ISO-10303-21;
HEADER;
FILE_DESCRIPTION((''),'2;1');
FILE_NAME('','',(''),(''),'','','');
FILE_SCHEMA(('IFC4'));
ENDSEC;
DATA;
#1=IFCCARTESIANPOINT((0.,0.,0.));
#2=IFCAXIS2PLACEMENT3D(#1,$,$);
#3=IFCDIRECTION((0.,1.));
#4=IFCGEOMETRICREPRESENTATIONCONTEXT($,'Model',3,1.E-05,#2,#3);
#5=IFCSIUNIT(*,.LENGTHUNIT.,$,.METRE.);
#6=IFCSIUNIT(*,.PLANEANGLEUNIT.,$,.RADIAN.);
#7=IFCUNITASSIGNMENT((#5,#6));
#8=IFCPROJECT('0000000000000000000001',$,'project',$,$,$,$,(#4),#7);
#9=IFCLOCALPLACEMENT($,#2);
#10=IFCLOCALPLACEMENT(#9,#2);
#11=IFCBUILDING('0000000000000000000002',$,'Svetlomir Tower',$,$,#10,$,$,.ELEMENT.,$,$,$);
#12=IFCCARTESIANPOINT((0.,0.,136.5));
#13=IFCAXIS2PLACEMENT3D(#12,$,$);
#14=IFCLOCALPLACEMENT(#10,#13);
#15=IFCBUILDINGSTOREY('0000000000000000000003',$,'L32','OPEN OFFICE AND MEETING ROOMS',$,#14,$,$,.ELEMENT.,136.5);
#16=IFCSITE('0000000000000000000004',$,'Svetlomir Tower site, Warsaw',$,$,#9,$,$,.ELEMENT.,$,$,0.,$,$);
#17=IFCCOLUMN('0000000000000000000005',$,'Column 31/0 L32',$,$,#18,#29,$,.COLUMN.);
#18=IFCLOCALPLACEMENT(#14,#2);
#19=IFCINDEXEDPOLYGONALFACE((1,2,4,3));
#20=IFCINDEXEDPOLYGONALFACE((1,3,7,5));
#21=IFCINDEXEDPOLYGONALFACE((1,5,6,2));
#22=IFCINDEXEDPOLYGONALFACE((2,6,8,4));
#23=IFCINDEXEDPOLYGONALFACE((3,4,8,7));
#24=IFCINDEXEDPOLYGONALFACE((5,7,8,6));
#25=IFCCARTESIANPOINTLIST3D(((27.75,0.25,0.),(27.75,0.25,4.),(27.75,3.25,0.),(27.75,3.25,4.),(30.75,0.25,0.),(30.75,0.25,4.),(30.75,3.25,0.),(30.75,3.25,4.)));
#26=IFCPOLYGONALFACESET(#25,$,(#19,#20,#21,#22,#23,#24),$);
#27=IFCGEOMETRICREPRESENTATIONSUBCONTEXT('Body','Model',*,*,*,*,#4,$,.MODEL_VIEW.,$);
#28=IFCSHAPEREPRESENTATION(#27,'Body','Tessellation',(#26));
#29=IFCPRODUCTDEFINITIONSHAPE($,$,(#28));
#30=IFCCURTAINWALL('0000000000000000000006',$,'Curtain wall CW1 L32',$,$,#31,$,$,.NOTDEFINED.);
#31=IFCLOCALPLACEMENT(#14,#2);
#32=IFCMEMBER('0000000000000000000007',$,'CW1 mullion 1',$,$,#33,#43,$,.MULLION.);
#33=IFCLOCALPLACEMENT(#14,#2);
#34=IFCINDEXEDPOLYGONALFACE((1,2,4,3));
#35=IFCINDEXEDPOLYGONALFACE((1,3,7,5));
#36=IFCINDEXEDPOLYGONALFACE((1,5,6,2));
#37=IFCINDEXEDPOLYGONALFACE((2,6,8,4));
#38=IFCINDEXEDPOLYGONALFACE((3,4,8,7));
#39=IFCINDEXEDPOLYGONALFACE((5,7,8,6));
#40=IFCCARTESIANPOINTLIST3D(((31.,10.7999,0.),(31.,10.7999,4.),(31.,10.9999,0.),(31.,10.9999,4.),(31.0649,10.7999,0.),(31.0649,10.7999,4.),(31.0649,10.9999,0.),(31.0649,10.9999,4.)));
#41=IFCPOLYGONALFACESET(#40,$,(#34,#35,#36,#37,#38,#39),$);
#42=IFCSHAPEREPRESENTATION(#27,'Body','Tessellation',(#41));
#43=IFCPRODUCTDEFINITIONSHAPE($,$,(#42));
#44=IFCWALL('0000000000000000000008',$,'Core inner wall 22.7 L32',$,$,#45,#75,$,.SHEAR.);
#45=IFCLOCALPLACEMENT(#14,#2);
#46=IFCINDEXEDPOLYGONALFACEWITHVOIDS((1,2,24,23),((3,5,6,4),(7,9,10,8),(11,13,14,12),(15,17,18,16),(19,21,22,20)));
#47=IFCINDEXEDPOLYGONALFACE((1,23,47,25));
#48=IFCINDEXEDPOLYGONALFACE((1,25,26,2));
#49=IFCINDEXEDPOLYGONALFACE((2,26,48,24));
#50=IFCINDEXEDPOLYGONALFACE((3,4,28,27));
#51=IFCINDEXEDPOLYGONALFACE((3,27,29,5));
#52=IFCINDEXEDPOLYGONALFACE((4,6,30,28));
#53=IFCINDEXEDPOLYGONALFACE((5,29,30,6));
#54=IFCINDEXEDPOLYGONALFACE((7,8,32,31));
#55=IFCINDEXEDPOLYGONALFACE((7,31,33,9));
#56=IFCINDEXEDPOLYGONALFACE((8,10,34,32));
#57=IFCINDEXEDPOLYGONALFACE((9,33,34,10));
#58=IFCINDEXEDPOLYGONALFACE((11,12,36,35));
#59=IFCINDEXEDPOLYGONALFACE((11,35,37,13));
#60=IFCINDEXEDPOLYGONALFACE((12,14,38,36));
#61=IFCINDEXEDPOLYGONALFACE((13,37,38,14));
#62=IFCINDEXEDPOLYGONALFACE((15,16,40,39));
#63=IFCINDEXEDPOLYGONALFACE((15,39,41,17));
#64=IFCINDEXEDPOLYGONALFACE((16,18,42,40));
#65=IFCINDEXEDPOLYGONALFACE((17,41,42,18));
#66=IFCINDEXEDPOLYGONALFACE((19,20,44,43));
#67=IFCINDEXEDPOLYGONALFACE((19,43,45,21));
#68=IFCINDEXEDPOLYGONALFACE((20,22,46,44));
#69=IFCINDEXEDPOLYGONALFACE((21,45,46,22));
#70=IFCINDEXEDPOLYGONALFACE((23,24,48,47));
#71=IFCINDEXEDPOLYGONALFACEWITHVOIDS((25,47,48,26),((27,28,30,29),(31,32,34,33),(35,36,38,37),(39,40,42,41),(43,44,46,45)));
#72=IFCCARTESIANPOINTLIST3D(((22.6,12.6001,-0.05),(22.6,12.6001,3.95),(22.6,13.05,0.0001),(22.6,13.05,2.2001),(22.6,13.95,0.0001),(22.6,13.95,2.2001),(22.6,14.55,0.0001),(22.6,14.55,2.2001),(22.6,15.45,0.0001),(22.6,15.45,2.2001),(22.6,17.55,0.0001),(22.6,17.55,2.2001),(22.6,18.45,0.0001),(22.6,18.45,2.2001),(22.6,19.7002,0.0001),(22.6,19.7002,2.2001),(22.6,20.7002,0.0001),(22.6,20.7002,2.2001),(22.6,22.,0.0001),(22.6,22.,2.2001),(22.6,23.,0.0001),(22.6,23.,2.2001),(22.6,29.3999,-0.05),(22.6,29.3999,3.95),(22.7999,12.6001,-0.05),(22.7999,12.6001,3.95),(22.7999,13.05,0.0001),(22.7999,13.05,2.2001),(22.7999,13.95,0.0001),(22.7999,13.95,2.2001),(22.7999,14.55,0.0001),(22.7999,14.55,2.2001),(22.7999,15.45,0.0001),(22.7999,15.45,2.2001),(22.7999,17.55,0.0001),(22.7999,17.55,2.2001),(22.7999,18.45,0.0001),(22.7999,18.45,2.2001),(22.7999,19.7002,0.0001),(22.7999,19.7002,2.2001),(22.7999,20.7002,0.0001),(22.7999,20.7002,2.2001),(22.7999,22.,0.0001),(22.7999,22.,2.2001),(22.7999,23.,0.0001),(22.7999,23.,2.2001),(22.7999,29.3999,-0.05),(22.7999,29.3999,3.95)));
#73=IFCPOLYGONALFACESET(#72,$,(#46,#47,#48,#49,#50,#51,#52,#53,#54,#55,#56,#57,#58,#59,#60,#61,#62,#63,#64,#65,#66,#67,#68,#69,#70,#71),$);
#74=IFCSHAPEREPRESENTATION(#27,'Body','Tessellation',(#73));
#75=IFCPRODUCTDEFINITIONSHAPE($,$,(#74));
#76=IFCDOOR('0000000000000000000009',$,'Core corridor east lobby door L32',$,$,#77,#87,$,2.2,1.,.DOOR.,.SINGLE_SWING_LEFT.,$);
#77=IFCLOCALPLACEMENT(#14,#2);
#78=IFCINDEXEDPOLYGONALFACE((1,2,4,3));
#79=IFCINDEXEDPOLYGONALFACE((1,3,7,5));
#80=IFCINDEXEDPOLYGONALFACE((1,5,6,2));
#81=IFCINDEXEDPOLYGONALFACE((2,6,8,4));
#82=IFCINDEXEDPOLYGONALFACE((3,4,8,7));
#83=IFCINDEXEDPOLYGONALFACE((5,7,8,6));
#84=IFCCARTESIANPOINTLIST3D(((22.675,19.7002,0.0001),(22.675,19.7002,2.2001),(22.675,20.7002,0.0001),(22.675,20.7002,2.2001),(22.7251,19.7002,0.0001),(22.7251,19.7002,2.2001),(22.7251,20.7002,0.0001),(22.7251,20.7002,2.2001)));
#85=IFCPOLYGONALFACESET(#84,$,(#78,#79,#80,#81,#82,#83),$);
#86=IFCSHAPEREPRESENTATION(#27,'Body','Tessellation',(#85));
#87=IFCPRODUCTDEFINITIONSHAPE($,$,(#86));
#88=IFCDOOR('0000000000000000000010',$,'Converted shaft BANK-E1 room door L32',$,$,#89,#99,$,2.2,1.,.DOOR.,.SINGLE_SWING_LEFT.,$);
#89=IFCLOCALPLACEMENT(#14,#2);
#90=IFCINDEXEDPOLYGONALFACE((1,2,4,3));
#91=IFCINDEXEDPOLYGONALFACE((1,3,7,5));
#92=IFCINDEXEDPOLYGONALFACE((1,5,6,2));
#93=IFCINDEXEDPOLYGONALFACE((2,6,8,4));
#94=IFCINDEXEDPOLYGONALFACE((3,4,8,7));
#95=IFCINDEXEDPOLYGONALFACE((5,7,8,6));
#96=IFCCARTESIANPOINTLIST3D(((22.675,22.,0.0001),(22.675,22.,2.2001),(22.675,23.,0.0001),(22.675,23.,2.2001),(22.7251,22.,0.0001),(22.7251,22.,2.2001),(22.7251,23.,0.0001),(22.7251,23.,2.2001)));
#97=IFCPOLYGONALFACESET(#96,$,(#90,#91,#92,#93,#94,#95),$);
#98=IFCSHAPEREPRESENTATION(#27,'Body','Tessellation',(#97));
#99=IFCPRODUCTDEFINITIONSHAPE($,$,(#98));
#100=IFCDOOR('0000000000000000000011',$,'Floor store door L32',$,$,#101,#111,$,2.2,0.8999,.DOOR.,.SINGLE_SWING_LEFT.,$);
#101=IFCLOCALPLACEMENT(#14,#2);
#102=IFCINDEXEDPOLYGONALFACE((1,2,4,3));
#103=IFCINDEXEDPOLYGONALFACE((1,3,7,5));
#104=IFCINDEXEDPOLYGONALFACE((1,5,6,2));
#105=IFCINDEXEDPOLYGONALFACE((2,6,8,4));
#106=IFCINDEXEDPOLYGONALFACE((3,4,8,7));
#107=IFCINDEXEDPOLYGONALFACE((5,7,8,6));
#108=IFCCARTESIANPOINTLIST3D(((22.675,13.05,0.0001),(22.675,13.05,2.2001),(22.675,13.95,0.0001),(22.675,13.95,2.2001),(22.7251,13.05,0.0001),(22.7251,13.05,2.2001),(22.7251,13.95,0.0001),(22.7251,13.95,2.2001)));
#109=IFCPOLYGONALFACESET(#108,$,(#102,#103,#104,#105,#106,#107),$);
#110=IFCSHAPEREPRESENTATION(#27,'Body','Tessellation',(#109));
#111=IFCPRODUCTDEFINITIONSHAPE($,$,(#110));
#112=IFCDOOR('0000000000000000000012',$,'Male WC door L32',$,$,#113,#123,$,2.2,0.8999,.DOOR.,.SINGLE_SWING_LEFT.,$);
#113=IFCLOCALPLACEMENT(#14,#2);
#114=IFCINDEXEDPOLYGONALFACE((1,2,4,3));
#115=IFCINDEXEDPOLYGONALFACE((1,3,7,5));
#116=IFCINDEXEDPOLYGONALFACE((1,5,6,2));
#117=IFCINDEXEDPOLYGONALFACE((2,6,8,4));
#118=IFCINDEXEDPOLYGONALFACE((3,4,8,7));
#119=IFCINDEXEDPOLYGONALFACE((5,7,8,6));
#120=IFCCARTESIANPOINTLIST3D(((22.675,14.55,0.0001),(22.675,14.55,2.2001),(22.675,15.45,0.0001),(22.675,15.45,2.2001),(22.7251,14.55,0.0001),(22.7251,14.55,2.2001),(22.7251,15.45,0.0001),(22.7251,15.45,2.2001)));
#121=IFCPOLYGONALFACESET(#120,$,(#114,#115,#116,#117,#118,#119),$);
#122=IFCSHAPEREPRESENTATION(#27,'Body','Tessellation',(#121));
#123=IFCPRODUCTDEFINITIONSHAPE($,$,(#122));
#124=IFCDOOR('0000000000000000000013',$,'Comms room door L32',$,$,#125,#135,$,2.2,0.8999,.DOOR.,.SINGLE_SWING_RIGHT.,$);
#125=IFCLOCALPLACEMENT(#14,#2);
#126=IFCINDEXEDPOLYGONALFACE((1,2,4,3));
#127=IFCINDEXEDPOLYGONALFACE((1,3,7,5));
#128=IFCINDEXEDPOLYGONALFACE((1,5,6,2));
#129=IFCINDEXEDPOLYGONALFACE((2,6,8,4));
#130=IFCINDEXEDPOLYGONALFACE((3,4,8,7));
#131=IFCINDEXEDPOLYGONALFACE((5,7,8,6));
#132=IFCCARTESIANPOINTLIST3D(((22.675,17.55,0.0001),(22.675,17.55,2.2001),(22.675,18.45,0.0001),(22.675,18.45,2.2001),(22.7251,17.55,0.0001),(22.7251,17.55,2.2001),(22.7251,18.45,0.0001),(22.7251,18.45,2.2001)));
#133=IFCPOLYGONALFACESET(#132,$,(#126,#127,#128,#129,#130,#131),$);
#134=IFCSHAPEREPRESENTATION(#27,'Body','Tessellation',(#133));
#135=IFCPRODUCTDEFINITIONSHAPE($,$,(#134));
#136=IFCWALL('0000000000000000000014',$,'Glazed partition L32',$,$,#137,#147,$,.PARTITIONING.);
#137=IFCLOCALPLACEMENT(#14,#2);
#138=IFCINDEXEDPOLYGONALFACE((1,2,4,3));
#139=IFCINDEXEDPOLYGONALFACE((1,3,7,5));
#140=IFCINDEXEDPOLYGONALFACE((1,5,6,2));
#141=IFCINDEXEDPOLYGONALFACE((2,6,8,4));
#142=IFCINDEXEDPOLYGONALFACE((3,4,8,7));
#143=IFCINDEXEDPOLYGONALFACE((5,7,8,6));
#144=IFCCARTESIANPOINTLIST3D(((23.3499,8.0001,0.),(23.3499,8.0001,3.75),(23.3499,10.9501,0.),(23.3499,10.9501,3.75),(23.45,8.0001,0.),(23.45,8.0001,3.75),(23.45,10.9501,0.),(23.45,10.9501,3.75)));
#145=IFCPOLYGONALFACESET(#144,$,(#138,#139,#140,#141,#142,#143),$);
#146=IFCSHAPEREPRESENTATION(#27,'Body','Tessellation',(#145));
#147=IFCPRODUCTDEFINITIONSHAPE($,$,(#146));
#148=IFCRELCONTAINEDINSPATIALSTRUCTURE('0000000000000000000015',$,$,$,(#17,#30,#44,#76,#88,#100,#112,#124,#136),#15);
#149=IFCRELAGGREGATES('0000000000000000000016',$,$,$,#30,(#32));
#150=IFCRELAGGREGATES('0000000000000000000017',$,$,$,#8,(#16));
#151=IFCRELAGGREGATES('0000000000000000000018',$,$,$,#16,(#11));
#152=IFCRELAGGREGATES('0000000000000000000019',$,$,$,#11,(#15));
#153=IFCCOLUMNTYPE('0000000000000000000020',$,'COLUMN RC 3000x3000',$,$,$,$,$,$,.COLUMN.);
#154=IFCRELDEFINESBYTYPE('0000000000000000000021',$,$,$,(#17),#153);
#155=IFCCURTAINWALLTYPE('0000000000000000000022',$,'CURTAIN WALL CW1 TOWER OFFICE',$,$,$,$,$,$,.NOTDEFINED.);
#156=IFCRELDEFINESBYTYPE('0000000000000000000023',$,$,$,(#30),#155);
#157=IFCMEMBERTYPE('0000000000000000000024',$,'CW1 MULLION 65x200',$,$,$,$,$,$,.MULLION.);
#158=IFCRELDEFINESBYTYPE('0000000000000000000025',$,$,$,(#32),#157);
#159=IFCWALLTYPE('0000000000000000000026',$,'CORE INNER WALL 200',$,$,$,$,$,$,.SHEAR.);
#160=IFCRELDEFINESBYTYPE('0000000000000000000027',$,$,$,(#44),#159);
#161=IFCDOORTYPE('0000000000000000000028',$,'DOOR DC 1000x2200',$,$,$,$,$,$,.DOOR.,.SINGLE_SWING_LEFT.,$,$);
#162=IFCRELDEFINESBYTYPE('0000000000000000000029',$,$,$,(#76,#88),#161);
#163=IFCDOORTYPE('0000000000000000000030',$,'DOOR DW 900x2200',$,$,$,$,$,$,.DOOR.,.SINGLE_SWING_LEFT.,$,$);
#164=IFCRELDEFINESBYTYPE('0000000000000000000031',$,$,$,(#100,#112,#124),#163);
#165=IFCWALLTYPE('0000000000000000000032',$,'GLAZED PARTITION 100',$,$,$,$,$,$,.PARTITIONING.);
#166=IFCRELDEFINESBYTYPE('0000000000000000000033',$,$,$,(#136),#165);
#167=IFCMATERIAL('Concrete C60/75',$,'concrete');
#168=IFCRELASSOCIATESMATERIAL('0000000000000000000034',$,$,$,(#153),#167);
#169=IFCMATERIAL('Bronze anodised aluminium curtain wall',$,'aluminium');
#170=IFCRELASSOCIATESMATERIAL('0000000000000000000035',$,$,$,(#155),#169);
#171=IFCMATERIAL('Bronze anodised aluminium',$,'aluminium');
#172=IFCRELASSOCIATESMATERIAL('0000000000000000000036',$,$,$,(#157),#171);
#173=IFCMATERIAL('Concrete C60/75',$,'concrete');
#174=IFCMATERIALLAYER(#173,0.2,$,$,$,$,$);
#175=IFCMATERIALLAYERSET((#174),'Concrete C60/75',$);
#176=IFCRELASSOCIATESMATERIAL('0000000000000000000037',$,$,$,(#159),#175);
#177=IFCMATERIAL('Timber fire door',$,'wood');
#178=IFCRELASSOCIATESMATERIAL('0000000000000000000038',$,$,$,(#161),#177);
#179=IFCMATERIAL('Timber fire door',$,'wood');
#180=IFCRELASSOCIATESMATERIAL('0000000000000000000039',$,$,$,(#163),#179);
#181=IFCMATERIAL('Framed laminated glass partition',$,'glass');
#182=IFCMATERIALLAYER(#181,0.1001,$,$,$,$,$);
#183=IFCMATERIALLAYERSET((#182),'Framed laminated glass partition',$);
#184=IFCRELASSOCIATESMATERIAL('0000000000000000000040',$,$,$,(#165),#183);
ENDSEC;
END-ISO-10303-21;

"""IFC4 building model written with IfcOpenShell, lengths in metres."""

from ifc_helpers import new_model, si_unit, direction, frame, frame_2d, origin, origin_2d, place, context, subcontext, project, spatial, rectangle, extrude, material, layer, layer_set, material_profile, profile_set, type_object, element, fill, aggregate, save


model = new_model("IFC4")

# Units and contexts
model_context = context("Model", 3, precision=1e-05, world=origin(), true_north=direction((0.0, 1.0)))
body_context = subcontext(model_context, "Body", "Model", "MODEL_VIEW")
ifc_project = project(units=[si_unit("LENGTHUNIT", "METRE"), si_unit("PLANEANGLEUNIT", "RADIAN")], contexts=[model_context])

# Site, building, storey
site_placement = place(None, origin())
site = spatial("IfcSite", under=ifc_project, at=site_placement, Name="Svetlomir Tower site, Warsaw", CompositionType="ELEMENT", RefElevation=0.0)
building_placement = place(site_placement, origin())
building = spatial("IfcBuilding", under=site, at=building_placement, Name="Svetlomir Tower", CompositionType="ELEMENT")
storey_placement = place(building_placement, frame((0.0, 0.0, 136.5)))
storey = spatial("IfcBuildingStorey", under=building, at=storey_placement, Name="L32", Description="OPEN OFFICE AND MEETING ROOMS", CompositionType="ELEMENT", Elevation=136.5)

# Column
ifc_material_1 = material(Name="Concrete C60/75", Category="concrete")
ifc_material_profile_1 = material_profile(ifc_material_1, rectangle(XDim=3.0, YDim=3.0, at=origin_2d()), Name="RC 3000x3000")
ifc_profile_set_1 = profile_set([ifc_material_profile_1], Name="Concrete C60/75")
column_type = type_object("IfcColumnType", Name="COLUMN RC 3000x3000", PredefinedType="COLUMN", material=ifc_profile_set_1)
column_placement = place(storey_placement, frame((29.25, 1.75, 0.0), z_axis=(0.0, 0.0, 1.0), x_axis=(1.0, 0.0, 0.0)))
element("IfcColumn", 1, at=column_placement, inside=storey, type_object=column_type, Name="Column 31/0 L32", PredefinedType="COLUMN", context=body_context, shape_type="SweptSolid", body=[
    extrude(rectangle(XDim=3.0, YDim=3.0, at=origin_2d()), origin(), (0.0, 0.0, 1.0), 4.0),
])

# Curtain wall, member
ifc_material_2 = material(Name="Bronze anodised aluminium curtain wall", Category="aluminium")
curtain_wall_type = type_object("IfcCurtainWallType", Name="CURTAIN WALL CW1 TOWER OFFICE", PredefinedType="NOTDEFINED", material=ifc_material_2)
curtain_wall_placement = place(storey_placement, origin())
curtain_wall = element("IfcCurtainWall", 2, at=curtain_wall_placement, inside=storey, type_object=curtain_wall_type, Name="Curtain wall CW1 L32", PredefinedType="NOTDEFINED")
ifc_material_3 = material(Name="Bronze anodised aluminium", Category="aluminium")
ifc_material_profile_2 = material_profile(ifc_material_3, rectangle(XDim=0.0649, YDim=0.2, at=origin_2d()), Name="AL 65x200")
ifc_profile_set_2 = profile_set([ifc_material_profile_2], Name="Bronze anodised aluminium 6063-T6")
member_type = type_object("IfcMemberType", Name="CW1 MULLION 65x200", PredefinedType="MULLION", material=ifc_profile_set_2)
member_placement = place(storey_placement, frame((31.0325, 10.8999, 0.0), z_axis=(0.0, 0.0, 1.0), x_axis=(1.0, 0.0, 0.0)))
member = element("IfcMember", 3, at=member_placement, type_object=member_type, Name="CW1 mullion 1", PredefinedType="MULLION", context=body_context, shape_type="SweptSolid", body=[
    extrude(rectangle(XDim=0.0649, YDim=0.2, at=origin_2d()), origin(), (0.0, 0.0, 1.0), 4.0),
])
aggregate(curtain_wall, [member])

# Wall, openings, doors
ifc_material_4 = material(Name="Concrete C60/75", Category="concrete")
ifc_layer_1 = layer(ifc_material_4, 0.2)
ifc_layer_set_1 = layer_set([ifc_layer_1], Name="Concrete C60/75")
wall_type_1 = type_object("IfcWallType", Name="CORE INNER WALL 200", PredefinedType="SHEAR", material=ifc_layer_set_1)
wall_1_placement = place(storey_placement, frame((22.7, 12.6001, -0.05), z_axis=(0.0, 0.0, 1.0), x_axis=(0.0, 1.0, 0.0)))
wall_1 = element("IfcWall", 4, at=wall_1_placement, inside=storey, type_object=wall_type_1, Name="Core inner wall 22.7 L32", PredefinedType="SHEAR", context=body_context, shape_type="SweptSolid", body=[
    extrude(rectangle(XDim=16.7998, YDim=0.2, at=frame_2d((8.3999, 0.0))), origin(), (0.0, 0.0, 1.0), 4.0),
])
opening_1_placement = place(wall_1_placement, frame((0.45, 0.0, 0.05)))
opening_1 = element("IfcOpeningElement", 5, at=opening_1_placement, cuts=wall_1, PredefinedType="OPENING", context=body_context, shape_type="SweptSolid", body=[
    extrude(rectangle(XDim=0.8999, YDim=2.2, at=frame_2d((0.45, 1.1001))), frame((0.0, 0.1099, 0.0), z_axis=(0.0, -1.0, 0.0), x_axis=(1.0, 0.0, 0.0)), (0.0, 0.0, 1.0), 0.22),
])
opening_2_placement = place(wall_1_placement, frame((7.1001, 0.0, 0.05)))
opening_2 = element("IfcOpeningElement", 6, at=opening_2_placement, cuts=wall_1, PredefinedType="OPENING", context=body_context, shape_type="SweptSolid", body=[
    extrude(rectangle(XDim=1.0, YDim=2.2, at=frame_2d((0.5, 1.1001))), frame((0.0, 0.1099, 0.0), z_axis=(0.0, -1.0, 0.0), x_axis=(1.0, 0.0, 0.0)), (0.0, 0.0, 1.0), 0.22),
])
opening_3_placement = place(wall_1_placement, frame((1.95, 0.0, 0.05)))
opening_3 = element("IfcOpeningElement", 7, at=opening_3_placement, cuts=wall_1, PredefinedType="OPENING", context=body_context, shape_type="SweptSolid", body=[
    extrude(rectangle(XDim=0.8999, YDim=2.2, at=frame_2d((0.45, 1.1001))), frame((0.0, 0.1099, 0.0), z_axis=(0.0, -1.0, 0.0), x_axis=(1.0, 0.0, 0.0)), (0.0, 0.0, 1.0), 0.22),
])
opening_4_placement = place(wall_1_placement, frame((4.95, 0.0, 0.05)))
opening_4 = element("IfcOpeningElement", 8, at=opening_4_placement, cuts=wall_1, PredefinedType="OPENING", context=body_context, shape_type="SweptSolid", body=[
    extrude(rectangle(XDim=0.8999, YDim=2.2, at=frame_2d((0.45, 1.1001))), frame((0.0, 0.1099, 0.0), z_axis=(0.0, -1.0, 0.0), x_axis=(1.0, 0.0, 0.0)), (0.0, 0.0, 1.0), 0.22),
])
opening_5_placement = place(wall_1_placement, frame((9.3999, 0.0, 0.05)))
opening_5 = element("IfcOpeningElement", 9, at=opening_5_placement, cuts=wall_1, PredefinedType="OPENING", context=body_context, shape_type="SweptSolid", body=[
    extrude(rectangle(XDim=1.0, YDim=2.2, at=frame_2d((0.5, 1.1001))), frame((0.0, 0.1099, 0.0), z_axis=(0.0, -1.0, 0.0), x_axis=(1.0, 0.0, 0.0)), (0.0, 0.0, 1.0), 0.22),
])
ifc_material_5 = material(Name="Timber fire door", Category="wood")
door_type_1 = type_object("IfcDoorType", Name="DOOR DC 1000x2200", OperationType="SINGLE_SWING_LEFT", PredefinedType="DOOR", material=ifc_material_5)
door_1_placement = place(opening_2_placement, origin())
door_1 = element("IfcDoor", 10, at=door_1_placement, inside=storey, type_object=door_type_1, Name="Core corridor east lobby door L32", OperationType="SINGLE_SWING_LEFT", OverallHeight=2.2, OverallWidth=1.0, PredefinedType="DOOR", context=body_context, shape_type="SweptSolid", body=[
    extrude(rectangle(XDim=1.0, YDim=2.2, at=frame_2d((0.5, 1.1001))), frame((0.0, 0.0249, 0.0), z_axis=(0.0, -1.0, 0.0), x_axis=(1.0, 0.0, 0.0)), (0.0, 0.0, 1.0), 0.05),
])
fill(opening_2, door_1)
door_2_placement = place(opening_5_placement, origin())
door_2 = element("IfcDoor", 11, at=door_2_placement, inside=storey, type_object=door_type_1, Name="Converted shaft BANK-E1 room door L32", OperationType="SINGLE_SWING_LEFT", OverallHeight=2.2, OverallWidth=1.0, PredefinedType="DOOR", context=body_context, shape_type="SweptSolid", body=[
    extrude(rectangle(XDim=1.0, YDim=2.2, at=frame_2d((0.5, 1.1001))), frame((0.0, 0.0249, 0.0), z_axis=(0.0, -1.0, 0.0), x_axis=(1.0, 0.0, 0.0)), (0.0, 0.0, 1.0), 0.05),
])
fill(opening_5, door_2)
ifc_material_6 = material(Name="Timber fire door", Category="wood")
door_type_2 = type_object("IfcDoorType", Name="DOOR DW 900x2200", OperationType="SINGLE_SWING_LEFT", PredefinedType="DOOR", material=ifc_material_6)
door_3_placement = place(opening_1_placement, origin())
door_3 = element("IfcDoor", 12, at=door_3_placement, inside=storey, type_object=door_type_2, Name="Floor store door L32", OperationType="SINGLE_SWING_LEFT", OverallHeight=2.2, OverallWidth=0.8999, PredefinedType="DOOR", context=body_context, shape_type="SweptSolid", body=[
    extrude(rectangle(XDim=0.8999, YDim=2.2, at=frame_2d((0.45, 1.1001))), frame((0.0, 0.0249, 0.0), z_axis=(0.0, -1.0, 0.0), x_axis=(1.0, 0.0, 0.0)), (0.0, 0.0, 1.0), 0.05),
])
fill(opening_1, door_3)
door_4_placement = place(opening_3_placement, origin())
door_4 = element("IfcDoor", 13, at=door_4_placement, inside=storey, type_object=door_type_2, Name="Male WC door L32", OperationType="SINGLE_SWING_LEFT", OverallHeight=2.2, OverallWidth=0.8999, PredefinedType="DOOR", context=body_context, shape_type="SweptSolid", body=[
    extrude(rectangle(XDim=0.8999, YDim=2.2, at=frame_2d((0.45, 1.1001))), frame((0.0, 0.0249, 0.0), z_axis=(0.0, -1.0, 0.0), x_axis=(1.0, 0.0, 0.0)), (0.0, 0.0, 1.0), 0.05),
])
fill(opening_3, door_4)
door_5_placement = place(opening_4_placement, origin())
door_5 = element("IfcDoor", 14, at=door_5_placement, inside=storey, type_object=door_type_2, Name="Comms room door L32", OperationType="SINGLE_SWING_RIGHT", OverallHeight=2.2, OverallWidth=0.8999, PredefinedType="DOOR", context=body_context, shape_type="SweptSolid", body=[
    extrude(rectangle(XDim=0.8999, YDim=2.2, at=frame_2d((0.45, 1.1001))), frame((0.0, 0.0249, 0.0), z_axis=(0.0, -1.0, 0.0), x_axis=(1.0, 0.0, 0.0)), (0.0, 0.0, 1.0), 0.05),
])
fill(opening_4, door_5)

# Wall
ifc_material_7 = material(Name="Framed laminated glass partition", Category="glass")
ifc_layer_2 = layer(ifc_material_7, 0.1001)
ifc_layer_set_2 = layer_set([ifc_layer_2], Name="Framed laminated glass partition")
wall_type_2 = type_object("IfcWallType", Name="GLAZED PARTITION 100", PredefinedType="PARTITIONING", material=ifc_layer_set_2)
wall_2_placement = place(storey_placement, frame((23.3999, 8.0, 0.0), z_axis=(0.0, 0.0, 1.0), x_axis=(0.0, 1.0, 0.0)))
element("IfcWall", 15, at=wall_2_placement, inside=storey, type_object=wall_type_2, Name="Glazed partition L32", PredefinedType="PARTITIONING", context=body_context, shape_type="SweptSolid", body=[
    extrude(rectangle(XDim=2.95, YDim=0.1001, at=frame_2d((1.4751, 0.0))), origin(), (0.0, 0.0, 1.0), 3.75),
])

save(model, "model.ifc")
